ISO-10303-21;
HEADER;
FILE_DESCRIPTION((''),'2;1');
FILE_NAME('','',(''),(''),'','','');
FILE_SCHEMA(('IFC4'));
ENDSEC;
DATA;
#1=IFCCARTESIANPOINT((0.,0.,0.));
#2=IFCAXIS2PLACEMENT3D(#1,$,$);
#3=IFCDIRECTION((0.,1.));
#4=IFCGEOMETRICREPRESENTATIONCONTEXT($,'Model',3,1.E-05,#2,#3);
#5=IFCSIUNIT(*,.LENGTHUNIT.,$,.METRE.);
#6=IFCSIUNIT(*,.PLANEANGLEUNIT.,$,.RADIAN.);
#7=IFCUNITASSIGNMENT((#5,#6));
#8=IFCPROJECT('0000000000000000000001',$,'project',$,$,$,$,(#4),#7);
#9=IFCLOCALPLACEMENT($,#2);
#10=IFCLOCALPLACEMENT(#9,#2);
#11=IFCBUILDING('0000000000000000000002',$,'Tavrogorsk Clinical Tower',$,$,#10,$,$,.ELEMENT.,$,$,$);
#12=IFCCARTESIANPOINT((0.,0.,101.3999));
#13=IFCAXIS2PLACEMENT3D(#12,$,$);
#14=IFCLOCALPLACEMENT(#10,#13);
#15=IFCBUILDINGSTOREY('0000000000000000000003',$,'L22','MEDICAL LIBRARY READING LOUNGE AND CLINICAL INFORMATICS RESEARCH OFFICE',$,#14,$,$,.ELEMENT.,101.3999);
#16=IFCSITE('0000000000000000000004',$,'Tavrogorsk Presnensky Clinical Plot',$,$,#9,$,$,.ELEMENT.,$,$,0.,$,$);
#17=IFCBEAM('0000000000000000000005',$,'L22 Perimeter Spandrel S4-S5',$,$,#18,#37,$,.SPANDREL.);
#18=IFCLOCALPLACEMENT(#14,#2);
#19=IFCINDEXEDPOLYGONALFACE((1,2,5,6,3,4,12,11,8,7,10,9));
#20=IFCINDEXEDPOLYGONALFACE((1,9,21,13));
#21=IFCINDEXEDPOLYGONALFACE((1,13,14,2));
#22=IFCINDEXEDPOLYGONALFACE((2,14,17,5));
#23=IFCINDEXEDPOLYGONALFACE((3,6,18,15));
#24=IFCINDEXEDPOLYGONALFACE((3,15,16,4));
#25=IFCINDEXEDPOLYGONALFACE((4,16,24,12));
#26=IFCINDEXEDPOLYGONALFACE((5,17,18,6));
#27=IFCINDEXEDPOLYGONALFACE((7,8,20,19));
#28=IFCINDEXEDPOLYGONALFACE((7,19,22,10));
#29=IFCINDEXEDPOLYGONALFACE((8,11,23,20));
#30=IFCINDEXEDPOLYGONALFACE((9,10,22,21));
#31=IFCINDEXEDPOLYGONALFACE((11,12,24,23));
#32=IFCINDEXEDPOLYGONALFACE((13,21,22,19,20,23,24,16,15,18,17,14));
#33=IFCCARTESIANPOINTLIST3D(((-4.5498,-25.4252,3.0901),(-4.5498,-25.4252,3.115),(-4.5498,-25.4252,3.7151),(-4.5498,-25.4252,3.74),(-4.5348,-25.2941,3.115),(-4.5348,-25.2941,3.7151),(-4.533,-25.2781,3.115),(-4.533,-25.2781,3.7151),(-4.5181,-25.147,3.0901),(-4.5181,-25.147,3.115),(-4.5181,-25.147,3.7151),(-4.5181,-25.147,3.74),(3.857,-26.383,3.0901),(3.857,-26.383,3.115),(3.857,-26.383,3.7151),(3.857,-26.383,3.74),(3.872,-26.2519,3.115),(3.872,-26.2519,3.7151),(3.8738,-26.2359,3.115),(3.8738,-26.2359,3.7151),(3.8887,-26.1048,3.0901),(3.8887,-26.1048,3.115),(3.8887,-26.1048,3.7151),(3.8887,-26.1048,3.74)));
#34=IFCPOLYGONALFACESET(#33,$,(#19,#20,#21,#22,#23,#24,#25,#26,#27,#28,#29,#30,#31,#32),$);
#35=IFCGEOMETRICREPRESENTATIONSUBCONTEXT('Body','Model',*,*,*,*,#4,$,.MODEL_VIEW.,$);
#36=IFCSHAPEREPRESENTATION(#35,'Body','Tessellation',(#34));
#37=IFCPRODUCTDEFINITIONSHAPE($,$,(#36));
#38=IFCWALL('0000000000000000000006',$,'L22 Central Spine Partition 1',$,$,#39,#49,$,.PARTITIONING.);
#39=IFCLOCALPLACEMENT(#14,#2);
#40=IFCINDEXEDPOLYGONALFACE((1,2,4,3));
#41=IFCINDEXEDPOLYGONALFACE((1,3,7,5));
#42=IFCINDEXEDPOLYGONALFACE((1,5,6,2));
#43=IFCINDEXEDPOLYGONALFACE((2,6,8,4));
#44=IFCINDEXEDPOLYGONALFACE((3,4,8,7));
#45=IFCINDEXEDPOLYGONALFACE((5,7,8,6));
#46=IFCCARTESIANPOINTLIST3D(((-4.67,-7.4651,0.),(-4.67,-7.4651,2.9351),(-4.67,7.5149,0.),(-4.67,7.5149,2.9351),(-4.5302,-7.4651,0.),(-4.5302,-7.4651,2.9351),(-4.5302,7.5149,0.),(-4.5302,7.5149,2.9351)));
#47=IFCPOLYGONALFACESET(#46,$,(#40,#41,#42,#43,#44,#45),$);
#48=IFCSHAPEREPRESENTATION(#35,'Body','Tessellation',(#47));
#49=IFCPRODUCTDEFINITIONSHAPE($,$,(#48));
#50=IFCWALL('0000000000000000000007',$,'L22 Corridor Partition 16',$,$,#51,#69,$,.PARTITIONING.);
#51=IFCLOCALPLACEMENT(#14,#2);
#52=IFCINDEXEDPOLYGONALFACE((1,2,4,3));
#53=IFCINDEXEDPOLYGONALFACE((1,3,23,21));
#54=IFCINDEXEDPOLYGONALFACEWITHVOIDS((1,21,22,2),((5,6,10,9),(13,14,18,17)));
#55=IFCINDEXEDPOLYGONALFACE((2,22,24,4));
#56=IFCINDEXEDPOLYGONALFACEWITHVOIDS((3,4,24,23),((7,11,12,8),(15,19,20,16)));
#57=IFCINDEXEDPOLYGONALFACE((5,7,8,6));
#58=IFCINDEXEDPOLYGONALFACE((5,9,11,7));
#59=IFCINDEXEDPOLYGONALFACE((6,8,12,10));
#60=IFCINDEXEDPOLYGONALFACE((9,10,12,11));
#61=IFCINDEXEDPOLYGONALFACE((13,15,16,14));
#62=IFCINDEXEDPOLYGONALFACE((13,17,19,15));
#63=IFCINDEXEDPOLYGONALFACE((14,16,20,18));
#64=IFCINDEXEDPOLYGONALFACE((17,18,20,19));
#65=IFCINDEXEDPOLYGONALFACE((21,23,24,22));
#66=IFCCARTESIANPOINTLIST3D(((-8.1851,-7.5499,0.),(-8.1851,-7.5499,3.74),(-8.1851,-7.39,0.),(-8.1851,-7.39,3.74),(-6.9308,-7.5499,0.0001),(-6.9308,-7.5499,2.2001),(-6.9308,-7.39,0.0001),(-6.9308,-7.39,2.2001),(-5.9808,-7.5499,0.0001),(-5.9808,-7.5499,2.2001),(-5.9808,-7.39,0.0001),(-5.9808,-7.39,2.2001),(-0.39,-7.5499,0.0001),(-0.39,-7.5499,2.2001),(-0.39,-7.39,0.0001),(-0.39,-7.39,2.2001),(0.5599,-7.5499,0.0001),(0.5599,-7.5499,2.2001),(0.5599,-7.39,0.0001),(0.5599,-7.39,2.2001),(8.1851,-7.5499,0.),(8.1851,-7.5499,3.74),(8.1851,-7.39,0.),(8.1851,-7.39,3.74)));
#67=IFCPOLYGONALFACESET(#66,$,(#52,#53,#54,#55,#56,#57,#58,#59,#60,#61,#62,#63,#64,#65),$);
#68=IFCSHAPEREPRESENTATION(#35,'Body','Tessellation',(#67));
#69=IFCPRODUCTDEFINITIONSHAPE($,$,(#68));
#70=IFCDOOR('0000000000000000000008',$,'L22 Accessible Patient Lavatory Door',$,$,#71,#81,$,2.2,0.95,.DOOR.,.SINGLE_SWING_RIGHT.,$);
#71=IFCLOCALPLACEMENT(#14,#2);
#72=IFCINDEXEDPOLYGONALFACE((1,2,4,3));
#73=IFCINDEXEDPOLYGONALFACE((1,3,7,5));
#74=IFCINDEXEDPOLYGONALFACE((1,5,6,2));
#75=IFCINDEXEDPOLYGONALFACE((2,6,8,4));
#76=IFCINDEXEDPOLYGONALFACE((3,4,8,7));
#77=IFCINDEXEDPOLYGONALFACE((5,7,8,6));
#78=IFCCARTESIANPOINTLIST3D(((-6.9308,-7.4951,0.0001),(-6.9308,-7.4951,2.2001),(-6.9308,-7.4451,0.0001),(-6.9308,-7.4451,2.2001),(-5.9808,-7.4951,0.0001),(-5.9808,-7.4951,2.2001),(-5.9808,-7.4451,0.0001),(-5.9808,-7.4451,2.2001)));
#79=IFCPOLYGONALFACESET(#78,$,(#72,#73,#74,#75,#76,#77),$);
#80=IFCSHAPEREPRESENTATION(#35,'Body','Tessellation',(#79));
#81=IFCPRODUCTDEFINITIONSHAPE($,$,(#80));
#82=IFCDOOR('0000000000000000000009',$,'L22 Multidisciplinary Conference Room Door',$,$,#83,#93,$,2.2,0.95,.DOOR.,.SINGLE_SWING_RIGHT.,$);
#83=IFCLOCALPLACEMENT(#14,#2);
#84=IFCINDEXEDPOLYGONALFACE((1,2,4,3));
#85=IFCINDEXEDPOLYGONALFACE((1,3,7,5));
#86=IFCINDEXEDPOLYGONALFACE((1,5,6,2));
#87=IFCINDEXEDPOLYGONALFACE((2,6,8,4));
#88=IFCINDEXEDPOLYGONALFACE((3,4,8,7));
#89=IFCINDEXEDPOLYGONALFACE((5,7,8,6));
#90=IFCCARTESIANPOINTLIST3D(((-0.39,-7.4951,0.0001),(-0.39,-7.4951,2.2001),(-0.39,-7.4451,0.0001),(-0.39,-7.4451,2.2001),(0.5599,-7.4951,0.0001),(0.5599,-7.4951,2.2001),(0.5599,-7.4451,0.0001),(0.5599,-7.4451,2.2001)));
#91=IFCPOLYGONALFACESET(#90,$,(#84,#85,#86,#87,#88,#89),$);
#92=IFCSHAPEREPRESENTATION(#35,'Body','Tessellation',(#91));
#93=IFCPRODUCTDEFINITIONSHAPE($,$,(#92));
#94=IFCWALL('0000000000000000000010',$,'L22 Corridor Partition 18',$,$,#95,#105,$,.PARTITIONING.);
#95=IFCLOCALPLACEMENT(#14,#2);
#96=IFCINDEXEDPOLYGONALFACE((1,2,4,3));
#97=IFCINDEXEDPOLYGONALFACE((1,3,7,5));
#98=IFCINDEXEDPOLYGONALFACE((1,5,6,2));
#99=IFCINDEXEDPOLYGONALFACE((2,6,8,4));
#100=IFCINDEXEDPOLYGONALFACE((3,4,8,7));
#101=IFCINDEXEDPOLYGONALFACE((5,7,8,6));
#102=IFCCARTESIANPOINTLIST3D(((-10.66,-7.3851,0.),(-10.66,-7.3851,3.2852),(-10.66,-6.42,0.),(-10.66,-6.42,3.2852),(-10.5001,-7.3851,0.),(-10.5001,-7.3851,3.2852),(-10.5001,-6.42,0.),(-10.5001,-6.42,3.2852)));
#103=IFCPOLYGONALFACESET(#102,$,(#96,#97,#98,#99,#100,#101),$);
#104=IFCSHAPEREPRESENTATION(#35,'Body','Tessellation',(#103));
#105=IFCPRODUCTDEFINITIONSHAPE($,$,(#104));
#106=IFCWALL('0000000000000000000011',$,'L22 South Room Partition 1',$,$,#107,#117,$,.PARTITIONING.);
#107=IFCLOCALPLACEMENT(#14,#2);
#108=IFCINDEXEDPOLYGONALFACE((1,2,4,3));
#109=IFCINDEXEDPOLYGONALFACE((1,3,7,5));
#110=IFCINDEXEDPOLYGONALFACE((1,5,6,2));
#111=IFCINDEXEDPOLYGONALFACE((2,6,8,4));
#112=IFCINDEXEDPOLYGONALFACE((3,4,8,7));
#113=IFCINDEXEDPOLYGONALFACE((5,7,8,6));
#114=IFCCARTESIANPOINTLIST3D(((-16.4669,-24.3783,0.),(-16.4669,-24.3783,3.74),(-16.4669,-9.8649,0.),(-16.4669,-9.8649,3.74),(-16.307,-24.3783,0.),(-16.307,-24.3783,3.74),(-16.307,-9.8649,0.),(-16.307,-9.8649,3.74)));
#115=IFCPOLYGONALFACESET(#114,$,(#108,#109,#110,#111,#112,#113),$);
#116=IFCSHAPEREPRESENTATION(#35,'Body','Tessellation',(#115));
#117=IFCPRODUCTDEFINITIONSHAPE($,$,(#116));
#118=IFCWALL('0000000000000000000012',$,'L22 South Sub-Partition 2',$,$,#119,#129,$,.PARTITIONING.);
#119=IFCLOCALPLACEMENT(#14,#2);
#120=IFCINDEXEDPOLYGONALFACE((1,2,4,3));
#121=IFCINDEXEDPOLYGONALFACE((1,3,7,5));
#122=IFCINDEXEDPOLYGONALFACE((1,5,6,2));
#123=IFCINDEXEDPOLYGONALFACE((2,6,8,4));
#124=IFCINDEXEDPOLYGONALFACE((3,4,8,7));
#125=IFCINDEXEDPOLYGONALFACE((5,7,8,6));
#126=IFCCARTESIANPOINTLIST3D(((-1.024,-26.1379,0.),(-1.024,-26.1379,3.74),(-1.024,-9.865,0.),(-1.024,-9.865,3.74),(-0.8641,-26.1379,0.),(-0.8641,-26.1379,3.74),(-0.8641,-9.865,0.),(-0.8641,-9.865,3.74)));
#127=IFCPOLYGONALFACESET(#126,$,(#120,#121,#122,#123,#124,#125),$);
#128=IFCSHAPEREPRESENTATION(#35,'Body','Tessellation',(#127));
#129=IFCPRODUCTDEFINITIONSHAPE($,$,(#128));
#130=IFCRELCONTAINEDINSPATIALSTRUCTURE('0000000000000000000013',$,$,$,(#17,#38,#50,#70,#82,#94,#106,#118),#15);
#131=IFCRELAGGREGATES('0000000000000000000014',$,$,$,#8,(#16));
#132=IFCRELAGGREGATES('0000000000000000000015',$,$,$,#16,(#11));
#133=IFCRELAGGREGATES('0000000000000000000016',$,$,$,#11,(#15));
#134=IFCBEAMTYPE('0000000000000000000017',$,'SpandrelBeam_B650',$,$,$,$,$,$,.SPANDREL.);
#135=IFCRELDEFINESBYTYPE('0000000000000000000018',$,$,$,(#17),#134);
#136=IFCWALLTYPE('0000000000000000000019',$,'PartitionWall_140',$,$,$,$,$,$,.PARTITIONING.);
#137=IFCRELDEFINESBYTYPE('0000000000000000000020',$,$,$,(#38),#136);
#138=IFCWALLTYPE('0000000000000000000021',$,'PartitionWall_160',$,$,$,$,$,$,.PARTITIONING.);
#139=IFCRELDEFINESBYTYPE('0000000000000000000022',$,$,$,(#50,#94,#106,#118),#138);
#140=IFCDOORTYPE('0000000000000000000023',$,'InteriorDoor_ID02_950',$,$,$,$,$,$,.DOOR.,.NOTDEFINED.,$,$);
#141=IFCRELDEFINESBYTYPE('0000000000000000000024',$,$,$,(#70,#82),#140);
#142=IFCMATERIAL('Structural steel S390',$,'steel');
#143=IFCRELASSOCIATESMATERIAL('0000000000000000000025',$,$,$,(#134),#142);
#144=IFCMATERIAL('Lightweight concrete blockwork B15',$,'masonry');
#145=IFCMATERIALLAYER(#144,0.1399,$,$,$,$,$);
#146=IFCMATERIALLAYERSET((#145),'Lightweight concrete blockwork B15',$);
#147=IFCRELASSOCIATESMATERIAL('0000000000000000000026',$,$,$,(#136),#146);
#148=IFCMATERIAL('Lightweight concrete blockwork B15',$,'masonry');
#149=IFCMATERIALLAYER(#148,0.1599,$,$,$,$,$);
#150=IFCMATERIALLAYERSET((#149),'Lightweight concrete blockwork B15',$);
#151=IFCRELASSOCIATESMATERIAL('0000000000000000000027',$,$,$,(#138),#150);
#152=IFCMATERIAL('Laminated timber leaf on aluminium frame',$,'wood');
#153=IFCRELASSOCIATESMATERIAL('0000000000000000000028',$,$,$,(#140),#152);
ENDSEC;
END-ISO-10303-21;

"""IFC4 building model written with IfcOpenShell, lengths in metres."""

from ifc_helpers import new_model, si_unit, direction, frame, frame_2d, origin, origin_2d, place, context, subcontext, project, spatial, rectangle, i_section, extrude, material, layer, layer_set, material_profile, profile_set, type_object, element, fill, save


model = new_model("IFC4")

# Units and contexts
model_context = context("Model", 3, precision=1e-05, world=origin(), true_north=direction((0.0, 1.0)))
body_context = subcontext(model_context, "Body", "Model", "MODEL_VIEW")
ifc_project = project(units=[si_unit("LENGTHUNIT", "METRE"), si_unit("PLANEANGLEUNIT", "RADIAN")], contexts=[model_context])

# Site, building, storey
site_placement = place(None, origin())
site = spatial("IfcSite", under=ifc_project, at=site_placement, Name="Tavrogorsk Presnensky Clinical Plot", CompositionType="ELEMENT", RefElevation=0.0)
building_placement = place(site_placement, origin())
building = spatial("IfcBuilding", under=site, at=building_placement, Name="Tavrogorsk Clinical Tower", CompositionType="ELEMENT")
storey_placement = place(building_placement, frame((0.0, 0.0, 101.3999)))
storey = spatial("IfcBuildingStorey", under=building, at=storey_placement, Name="L22", Description="MEDICAL LIBRARY READING LOUNGE AND CLINICAL INFORMATICS RESEARCH OFFICE", CompositionType="ELEMENT", Elevation=101.3999)

# Beam
ifc_material_1 = material(Name="Structural steel S390", Category="steel")
ifc_material_profile_1 = material_profile(ifc_material_1, i_section(OverallWidth=0.28, OverallDepth=0.6499, WebThickness=0.0161, FlangeThickness=0.0249, at=origin_2d()), Name="B-650x280x16x25")
ifc_profile_set_1 = profile_set([ifc_material_profile_1], Name="Structural steel S390")
beam_type_1 = type_object("IfcBeamType", Name="SpandrelBeam_B650", PredefinedType="SPANDREL", material=ifc_profile_set_1)
for number, where, z_axis, x_axis, name in (
    (1, (-4.5339, -25.2861, 3.415), (0.993573, -0.113196, 0.0), (0.113196, 0.993573, 0.0), "L22 Perimeter Spandrel S4-S5"),
):
    element("IfcBeam", number, at=place(storey_placement, frame(where, z_axis=z_axis, x_axis=x_axis)), inside=storey, type_object=beam_type_1, Name=name, PredefinedType="SPANDREL", context=body_context, shape_type="SweptSolid", body=[
        extrude(i_section(OverallWidth=0.28, OverallDepth=0.6499, WebThickness=0.0161, FlangeThickness=0.0249, at=origin_2d()), origin(), (0.0, 0.0, 1.0), 8.4612),
    ])

# Wall
ifc_material_2 = material(Name="Lightweight concrete blockwork B15", Category="masonry")
ifc_layer_1 = layer(ifc_material_2, 0.1399)
ifc_layer_set_1 = layer_set([ifc_layer_1], Name="Lightweight concrete blockwork B15")
wall_type_1 = type_object("IfcWallType", Name="PartitionWall_140", PredefinedType="PARTITIONING", material=ifc_layer_set_1)
wall_1_placement = place(storey_placement, frame((-4.6001, -7.4651, 0.0), z_axis=(0.0, 0.0, 1.0), x_axis=(0.0, 1.0, 0.0)))
element("IfcWall", 2, at=wall_1_placement, inside=storey, type_object=wall_type_1, Name="L22 Central Spine Partition 1", PredefinedType="PARTITIONING", context=body_context, shape_type="SweptSolid", body=[
    extrude(rectangle(XDim=14.98, YDim=0.1399, at=frame_2d((7.49, 0.0))), origin(), (0.0, 0.0, 1.0), 2.9351),
])

# Wall, openings, doors
ifc_material_3 = material(Name="Lightweight concrete blockwork B15", Category="masonry")
ifc_layer_2 = layer(ifc_material_3, 0.1599)
ifc_layer_set_2 = layer_set([ifc_layer_2], Name="Lightweight concrete blockwork B15")
wall_type_2 = type_object("IfcWallType", Name="PartitionWall_160", PredefinedType="PARTITIONING", material=ifc_layer_set_2)
wall_2_placement = place(storey_placement, frame((-8.1851, -7.47, 0.0), z_axis=(0.0, 0.0, 1.0), x_axis=(1.0, 0.0, 0.0)))
wall_2 = element("IfcWall", 3, at=wall_2_placement, inside=storey, type_object=wall_type_2, Name="L22 Corridor Partition 16", PredefinedType="PARTITIONING", context=body_context, shape_type="SweptSolid", body=[
    extrude(rectangle(XDim=16.3701, YDim=0.1599, at=frame_2d((8.1851, 0.0))), origin(), (0.0, 0.0, 1.0), 3.74),
])
opening_1_placement = place(wall_2_placement, frame((1.2542, 0.0, 0.0)))
opening_1 = element("IfcOpeningElement", 4, at=opening_1_placement, cuts=wall_2, PredefinedType="OPENING", context=body_context, shape_type="SweptSolid", body=[
    extrude(rectangle(XDim=0.95, YDim=2.2, at=frame_2d((0.4751, 1.1001))), frame((0.0, 0.0898, 0.0), z_axis=(0.0, -1.0, 0.0), x_axis=(1.0, 0.0, 0.0)), (0.0, 0.0, 1.0), 0.1799),
])
opening_2_placement = place(wall_2_placement, frame((7.7949, 0.0, 0.0)))
opening_2 = element("IfcOpeningElement", 5, at=opening_2_placement, cuts=wall_2, PredefinedType="OPENING", context=body_context, shape_type="SweptSolid", body=[
    extrude(rectangle(XDim=0.95, YDim=2.2, at=frame_2d((0.4751, 1.1001))), frame((0.0, 0.0898, 0.0), z_axis=(0.0, -1.0, 0.0), x_axis=(1.0, 0.0, 0.0)), (0.0, 0.0, 1.0), 0.1799),
])
ifc_material_4 = material(Name="Laminated timber leaf on aluminium frame", Category="wood")
door_type = type_object("IfcDoorType", Name="InteriorDoor_ID02_950", OperationType="NOTDEFINED", PredefinedType="DOOR", material=ifc_material_4)
door_1_placement = place(opening_1_placement, origin())
door_1 = element("IfcDoor", 6, at=door_1_placement, inside=storey, type_object=door_type, Name="L22 Accessible Patient Lavatory Door", OperationType="SINGLE_SWING_RIGHT", OverallHeight=2.2, OverallWidth=0.95, PredefinedType="DOOR", context=body_context, shape_type="SweptSolid", body=[
    extrude(rectangle(XDim=0.95, YDim=2.2, at=frame_2d((0.4751, 1.1001))), frame((0.0, 0.0249, 0.0), z_axis=(0.0, -1.0, 0.0), x_axis=(1.0, 0.0, 0.0)), (0.0, 0.0, 1.0), 0.05),
])
fill(opening_1, door_1)
door_2_placement = place(opening_2_placement, origin())
door_2 = element("IfcDoor", 7, at=door_2_placement, inside=storey, type_object=door_type, Name="L22 Multidisciplinary Conference Room Door", OperationType="SINGLE_SWING_RIGHT", OverallHeight=2.2, OverallWidth=0.95, PredefinedType="DOOR", context=body_context, shape_type="SweptSolid", body=[
    extrude(rectangle(XDim=0.95, YDim=2.2, at=frame_2d((0.4751, 1.1001))), frame((0.0, 0.0249, 0.0), z_axis=(0.0, -1.0, 0.0), x_axis=(1.0, 0.0, 0.0)), (0.0, 0.0, 1.0), 0.05),
])
fill(opening_2, door_2)

# Walls
wall_3_placement = place(storey_placement, frame((-10.5801, -7.385, 0.0), z_axis=(0.0, 0.0, 1.0), x_axis=(0.0, 1.0, 0.0)))
element("IfcWall", 8, at=wall_3_placement, inside=storey, type_object=wall_type_2, Name="L22 Corridor Partition 18", PredefinedType="PARTITIONING", context=body_context, shape_type="SweptSolid", body=[
    extrude(rectangle(XDim=0.9651, YDim=0.1599, at=frame_2d((0.4824, 0.0))), origin(), (0.0, 0.0, 1.0), 3.2852),
])
wall_4_placement = place(storey_placement, frame((-16.387, -24.3784, 0.0), z_axis=(0.0, 0.0, 1.0), x_axis=(0.0, 1.0, 0.0)))
element("IfcWall", 9, at=wall_4_placement, inside=storey, type_object=wall_type_2, Name="L22 South Room Partition 1", PredefinedType="PARTITIONING", context=body_context, shape_type="SweptSolid", body=[
    extrude(rectangle(XDim=14.5134, YDim=0.1599, at=frame_2d((7.2568, 0.0))), origin(), (0.0, 0.0, 1.0), 3.74),
])
wall_5_placement = place(storey_placement, frame((-0.9441, -26.1379, 0.0), z_axis=(0.0, 0.0, 1.0), x_axis=(0.0, 1.0, 0.0)))
element("IfcWall", 10, at=wall_5_placement, inside=storey, type_object=wall_type_2, Name="L22 South Sub-Partition 2", PredefinedType="PARTITIONING", context=body_context, shape_type="SweptSolid", body=[
    extrude(rectangle(XDim=16.2729, YDim=0.1599, at=frame_2d((8.1365, 0.0))), origin(), (0.0, 0.0, 1.0), 3.74),
])

save(model, "model.ifc")
